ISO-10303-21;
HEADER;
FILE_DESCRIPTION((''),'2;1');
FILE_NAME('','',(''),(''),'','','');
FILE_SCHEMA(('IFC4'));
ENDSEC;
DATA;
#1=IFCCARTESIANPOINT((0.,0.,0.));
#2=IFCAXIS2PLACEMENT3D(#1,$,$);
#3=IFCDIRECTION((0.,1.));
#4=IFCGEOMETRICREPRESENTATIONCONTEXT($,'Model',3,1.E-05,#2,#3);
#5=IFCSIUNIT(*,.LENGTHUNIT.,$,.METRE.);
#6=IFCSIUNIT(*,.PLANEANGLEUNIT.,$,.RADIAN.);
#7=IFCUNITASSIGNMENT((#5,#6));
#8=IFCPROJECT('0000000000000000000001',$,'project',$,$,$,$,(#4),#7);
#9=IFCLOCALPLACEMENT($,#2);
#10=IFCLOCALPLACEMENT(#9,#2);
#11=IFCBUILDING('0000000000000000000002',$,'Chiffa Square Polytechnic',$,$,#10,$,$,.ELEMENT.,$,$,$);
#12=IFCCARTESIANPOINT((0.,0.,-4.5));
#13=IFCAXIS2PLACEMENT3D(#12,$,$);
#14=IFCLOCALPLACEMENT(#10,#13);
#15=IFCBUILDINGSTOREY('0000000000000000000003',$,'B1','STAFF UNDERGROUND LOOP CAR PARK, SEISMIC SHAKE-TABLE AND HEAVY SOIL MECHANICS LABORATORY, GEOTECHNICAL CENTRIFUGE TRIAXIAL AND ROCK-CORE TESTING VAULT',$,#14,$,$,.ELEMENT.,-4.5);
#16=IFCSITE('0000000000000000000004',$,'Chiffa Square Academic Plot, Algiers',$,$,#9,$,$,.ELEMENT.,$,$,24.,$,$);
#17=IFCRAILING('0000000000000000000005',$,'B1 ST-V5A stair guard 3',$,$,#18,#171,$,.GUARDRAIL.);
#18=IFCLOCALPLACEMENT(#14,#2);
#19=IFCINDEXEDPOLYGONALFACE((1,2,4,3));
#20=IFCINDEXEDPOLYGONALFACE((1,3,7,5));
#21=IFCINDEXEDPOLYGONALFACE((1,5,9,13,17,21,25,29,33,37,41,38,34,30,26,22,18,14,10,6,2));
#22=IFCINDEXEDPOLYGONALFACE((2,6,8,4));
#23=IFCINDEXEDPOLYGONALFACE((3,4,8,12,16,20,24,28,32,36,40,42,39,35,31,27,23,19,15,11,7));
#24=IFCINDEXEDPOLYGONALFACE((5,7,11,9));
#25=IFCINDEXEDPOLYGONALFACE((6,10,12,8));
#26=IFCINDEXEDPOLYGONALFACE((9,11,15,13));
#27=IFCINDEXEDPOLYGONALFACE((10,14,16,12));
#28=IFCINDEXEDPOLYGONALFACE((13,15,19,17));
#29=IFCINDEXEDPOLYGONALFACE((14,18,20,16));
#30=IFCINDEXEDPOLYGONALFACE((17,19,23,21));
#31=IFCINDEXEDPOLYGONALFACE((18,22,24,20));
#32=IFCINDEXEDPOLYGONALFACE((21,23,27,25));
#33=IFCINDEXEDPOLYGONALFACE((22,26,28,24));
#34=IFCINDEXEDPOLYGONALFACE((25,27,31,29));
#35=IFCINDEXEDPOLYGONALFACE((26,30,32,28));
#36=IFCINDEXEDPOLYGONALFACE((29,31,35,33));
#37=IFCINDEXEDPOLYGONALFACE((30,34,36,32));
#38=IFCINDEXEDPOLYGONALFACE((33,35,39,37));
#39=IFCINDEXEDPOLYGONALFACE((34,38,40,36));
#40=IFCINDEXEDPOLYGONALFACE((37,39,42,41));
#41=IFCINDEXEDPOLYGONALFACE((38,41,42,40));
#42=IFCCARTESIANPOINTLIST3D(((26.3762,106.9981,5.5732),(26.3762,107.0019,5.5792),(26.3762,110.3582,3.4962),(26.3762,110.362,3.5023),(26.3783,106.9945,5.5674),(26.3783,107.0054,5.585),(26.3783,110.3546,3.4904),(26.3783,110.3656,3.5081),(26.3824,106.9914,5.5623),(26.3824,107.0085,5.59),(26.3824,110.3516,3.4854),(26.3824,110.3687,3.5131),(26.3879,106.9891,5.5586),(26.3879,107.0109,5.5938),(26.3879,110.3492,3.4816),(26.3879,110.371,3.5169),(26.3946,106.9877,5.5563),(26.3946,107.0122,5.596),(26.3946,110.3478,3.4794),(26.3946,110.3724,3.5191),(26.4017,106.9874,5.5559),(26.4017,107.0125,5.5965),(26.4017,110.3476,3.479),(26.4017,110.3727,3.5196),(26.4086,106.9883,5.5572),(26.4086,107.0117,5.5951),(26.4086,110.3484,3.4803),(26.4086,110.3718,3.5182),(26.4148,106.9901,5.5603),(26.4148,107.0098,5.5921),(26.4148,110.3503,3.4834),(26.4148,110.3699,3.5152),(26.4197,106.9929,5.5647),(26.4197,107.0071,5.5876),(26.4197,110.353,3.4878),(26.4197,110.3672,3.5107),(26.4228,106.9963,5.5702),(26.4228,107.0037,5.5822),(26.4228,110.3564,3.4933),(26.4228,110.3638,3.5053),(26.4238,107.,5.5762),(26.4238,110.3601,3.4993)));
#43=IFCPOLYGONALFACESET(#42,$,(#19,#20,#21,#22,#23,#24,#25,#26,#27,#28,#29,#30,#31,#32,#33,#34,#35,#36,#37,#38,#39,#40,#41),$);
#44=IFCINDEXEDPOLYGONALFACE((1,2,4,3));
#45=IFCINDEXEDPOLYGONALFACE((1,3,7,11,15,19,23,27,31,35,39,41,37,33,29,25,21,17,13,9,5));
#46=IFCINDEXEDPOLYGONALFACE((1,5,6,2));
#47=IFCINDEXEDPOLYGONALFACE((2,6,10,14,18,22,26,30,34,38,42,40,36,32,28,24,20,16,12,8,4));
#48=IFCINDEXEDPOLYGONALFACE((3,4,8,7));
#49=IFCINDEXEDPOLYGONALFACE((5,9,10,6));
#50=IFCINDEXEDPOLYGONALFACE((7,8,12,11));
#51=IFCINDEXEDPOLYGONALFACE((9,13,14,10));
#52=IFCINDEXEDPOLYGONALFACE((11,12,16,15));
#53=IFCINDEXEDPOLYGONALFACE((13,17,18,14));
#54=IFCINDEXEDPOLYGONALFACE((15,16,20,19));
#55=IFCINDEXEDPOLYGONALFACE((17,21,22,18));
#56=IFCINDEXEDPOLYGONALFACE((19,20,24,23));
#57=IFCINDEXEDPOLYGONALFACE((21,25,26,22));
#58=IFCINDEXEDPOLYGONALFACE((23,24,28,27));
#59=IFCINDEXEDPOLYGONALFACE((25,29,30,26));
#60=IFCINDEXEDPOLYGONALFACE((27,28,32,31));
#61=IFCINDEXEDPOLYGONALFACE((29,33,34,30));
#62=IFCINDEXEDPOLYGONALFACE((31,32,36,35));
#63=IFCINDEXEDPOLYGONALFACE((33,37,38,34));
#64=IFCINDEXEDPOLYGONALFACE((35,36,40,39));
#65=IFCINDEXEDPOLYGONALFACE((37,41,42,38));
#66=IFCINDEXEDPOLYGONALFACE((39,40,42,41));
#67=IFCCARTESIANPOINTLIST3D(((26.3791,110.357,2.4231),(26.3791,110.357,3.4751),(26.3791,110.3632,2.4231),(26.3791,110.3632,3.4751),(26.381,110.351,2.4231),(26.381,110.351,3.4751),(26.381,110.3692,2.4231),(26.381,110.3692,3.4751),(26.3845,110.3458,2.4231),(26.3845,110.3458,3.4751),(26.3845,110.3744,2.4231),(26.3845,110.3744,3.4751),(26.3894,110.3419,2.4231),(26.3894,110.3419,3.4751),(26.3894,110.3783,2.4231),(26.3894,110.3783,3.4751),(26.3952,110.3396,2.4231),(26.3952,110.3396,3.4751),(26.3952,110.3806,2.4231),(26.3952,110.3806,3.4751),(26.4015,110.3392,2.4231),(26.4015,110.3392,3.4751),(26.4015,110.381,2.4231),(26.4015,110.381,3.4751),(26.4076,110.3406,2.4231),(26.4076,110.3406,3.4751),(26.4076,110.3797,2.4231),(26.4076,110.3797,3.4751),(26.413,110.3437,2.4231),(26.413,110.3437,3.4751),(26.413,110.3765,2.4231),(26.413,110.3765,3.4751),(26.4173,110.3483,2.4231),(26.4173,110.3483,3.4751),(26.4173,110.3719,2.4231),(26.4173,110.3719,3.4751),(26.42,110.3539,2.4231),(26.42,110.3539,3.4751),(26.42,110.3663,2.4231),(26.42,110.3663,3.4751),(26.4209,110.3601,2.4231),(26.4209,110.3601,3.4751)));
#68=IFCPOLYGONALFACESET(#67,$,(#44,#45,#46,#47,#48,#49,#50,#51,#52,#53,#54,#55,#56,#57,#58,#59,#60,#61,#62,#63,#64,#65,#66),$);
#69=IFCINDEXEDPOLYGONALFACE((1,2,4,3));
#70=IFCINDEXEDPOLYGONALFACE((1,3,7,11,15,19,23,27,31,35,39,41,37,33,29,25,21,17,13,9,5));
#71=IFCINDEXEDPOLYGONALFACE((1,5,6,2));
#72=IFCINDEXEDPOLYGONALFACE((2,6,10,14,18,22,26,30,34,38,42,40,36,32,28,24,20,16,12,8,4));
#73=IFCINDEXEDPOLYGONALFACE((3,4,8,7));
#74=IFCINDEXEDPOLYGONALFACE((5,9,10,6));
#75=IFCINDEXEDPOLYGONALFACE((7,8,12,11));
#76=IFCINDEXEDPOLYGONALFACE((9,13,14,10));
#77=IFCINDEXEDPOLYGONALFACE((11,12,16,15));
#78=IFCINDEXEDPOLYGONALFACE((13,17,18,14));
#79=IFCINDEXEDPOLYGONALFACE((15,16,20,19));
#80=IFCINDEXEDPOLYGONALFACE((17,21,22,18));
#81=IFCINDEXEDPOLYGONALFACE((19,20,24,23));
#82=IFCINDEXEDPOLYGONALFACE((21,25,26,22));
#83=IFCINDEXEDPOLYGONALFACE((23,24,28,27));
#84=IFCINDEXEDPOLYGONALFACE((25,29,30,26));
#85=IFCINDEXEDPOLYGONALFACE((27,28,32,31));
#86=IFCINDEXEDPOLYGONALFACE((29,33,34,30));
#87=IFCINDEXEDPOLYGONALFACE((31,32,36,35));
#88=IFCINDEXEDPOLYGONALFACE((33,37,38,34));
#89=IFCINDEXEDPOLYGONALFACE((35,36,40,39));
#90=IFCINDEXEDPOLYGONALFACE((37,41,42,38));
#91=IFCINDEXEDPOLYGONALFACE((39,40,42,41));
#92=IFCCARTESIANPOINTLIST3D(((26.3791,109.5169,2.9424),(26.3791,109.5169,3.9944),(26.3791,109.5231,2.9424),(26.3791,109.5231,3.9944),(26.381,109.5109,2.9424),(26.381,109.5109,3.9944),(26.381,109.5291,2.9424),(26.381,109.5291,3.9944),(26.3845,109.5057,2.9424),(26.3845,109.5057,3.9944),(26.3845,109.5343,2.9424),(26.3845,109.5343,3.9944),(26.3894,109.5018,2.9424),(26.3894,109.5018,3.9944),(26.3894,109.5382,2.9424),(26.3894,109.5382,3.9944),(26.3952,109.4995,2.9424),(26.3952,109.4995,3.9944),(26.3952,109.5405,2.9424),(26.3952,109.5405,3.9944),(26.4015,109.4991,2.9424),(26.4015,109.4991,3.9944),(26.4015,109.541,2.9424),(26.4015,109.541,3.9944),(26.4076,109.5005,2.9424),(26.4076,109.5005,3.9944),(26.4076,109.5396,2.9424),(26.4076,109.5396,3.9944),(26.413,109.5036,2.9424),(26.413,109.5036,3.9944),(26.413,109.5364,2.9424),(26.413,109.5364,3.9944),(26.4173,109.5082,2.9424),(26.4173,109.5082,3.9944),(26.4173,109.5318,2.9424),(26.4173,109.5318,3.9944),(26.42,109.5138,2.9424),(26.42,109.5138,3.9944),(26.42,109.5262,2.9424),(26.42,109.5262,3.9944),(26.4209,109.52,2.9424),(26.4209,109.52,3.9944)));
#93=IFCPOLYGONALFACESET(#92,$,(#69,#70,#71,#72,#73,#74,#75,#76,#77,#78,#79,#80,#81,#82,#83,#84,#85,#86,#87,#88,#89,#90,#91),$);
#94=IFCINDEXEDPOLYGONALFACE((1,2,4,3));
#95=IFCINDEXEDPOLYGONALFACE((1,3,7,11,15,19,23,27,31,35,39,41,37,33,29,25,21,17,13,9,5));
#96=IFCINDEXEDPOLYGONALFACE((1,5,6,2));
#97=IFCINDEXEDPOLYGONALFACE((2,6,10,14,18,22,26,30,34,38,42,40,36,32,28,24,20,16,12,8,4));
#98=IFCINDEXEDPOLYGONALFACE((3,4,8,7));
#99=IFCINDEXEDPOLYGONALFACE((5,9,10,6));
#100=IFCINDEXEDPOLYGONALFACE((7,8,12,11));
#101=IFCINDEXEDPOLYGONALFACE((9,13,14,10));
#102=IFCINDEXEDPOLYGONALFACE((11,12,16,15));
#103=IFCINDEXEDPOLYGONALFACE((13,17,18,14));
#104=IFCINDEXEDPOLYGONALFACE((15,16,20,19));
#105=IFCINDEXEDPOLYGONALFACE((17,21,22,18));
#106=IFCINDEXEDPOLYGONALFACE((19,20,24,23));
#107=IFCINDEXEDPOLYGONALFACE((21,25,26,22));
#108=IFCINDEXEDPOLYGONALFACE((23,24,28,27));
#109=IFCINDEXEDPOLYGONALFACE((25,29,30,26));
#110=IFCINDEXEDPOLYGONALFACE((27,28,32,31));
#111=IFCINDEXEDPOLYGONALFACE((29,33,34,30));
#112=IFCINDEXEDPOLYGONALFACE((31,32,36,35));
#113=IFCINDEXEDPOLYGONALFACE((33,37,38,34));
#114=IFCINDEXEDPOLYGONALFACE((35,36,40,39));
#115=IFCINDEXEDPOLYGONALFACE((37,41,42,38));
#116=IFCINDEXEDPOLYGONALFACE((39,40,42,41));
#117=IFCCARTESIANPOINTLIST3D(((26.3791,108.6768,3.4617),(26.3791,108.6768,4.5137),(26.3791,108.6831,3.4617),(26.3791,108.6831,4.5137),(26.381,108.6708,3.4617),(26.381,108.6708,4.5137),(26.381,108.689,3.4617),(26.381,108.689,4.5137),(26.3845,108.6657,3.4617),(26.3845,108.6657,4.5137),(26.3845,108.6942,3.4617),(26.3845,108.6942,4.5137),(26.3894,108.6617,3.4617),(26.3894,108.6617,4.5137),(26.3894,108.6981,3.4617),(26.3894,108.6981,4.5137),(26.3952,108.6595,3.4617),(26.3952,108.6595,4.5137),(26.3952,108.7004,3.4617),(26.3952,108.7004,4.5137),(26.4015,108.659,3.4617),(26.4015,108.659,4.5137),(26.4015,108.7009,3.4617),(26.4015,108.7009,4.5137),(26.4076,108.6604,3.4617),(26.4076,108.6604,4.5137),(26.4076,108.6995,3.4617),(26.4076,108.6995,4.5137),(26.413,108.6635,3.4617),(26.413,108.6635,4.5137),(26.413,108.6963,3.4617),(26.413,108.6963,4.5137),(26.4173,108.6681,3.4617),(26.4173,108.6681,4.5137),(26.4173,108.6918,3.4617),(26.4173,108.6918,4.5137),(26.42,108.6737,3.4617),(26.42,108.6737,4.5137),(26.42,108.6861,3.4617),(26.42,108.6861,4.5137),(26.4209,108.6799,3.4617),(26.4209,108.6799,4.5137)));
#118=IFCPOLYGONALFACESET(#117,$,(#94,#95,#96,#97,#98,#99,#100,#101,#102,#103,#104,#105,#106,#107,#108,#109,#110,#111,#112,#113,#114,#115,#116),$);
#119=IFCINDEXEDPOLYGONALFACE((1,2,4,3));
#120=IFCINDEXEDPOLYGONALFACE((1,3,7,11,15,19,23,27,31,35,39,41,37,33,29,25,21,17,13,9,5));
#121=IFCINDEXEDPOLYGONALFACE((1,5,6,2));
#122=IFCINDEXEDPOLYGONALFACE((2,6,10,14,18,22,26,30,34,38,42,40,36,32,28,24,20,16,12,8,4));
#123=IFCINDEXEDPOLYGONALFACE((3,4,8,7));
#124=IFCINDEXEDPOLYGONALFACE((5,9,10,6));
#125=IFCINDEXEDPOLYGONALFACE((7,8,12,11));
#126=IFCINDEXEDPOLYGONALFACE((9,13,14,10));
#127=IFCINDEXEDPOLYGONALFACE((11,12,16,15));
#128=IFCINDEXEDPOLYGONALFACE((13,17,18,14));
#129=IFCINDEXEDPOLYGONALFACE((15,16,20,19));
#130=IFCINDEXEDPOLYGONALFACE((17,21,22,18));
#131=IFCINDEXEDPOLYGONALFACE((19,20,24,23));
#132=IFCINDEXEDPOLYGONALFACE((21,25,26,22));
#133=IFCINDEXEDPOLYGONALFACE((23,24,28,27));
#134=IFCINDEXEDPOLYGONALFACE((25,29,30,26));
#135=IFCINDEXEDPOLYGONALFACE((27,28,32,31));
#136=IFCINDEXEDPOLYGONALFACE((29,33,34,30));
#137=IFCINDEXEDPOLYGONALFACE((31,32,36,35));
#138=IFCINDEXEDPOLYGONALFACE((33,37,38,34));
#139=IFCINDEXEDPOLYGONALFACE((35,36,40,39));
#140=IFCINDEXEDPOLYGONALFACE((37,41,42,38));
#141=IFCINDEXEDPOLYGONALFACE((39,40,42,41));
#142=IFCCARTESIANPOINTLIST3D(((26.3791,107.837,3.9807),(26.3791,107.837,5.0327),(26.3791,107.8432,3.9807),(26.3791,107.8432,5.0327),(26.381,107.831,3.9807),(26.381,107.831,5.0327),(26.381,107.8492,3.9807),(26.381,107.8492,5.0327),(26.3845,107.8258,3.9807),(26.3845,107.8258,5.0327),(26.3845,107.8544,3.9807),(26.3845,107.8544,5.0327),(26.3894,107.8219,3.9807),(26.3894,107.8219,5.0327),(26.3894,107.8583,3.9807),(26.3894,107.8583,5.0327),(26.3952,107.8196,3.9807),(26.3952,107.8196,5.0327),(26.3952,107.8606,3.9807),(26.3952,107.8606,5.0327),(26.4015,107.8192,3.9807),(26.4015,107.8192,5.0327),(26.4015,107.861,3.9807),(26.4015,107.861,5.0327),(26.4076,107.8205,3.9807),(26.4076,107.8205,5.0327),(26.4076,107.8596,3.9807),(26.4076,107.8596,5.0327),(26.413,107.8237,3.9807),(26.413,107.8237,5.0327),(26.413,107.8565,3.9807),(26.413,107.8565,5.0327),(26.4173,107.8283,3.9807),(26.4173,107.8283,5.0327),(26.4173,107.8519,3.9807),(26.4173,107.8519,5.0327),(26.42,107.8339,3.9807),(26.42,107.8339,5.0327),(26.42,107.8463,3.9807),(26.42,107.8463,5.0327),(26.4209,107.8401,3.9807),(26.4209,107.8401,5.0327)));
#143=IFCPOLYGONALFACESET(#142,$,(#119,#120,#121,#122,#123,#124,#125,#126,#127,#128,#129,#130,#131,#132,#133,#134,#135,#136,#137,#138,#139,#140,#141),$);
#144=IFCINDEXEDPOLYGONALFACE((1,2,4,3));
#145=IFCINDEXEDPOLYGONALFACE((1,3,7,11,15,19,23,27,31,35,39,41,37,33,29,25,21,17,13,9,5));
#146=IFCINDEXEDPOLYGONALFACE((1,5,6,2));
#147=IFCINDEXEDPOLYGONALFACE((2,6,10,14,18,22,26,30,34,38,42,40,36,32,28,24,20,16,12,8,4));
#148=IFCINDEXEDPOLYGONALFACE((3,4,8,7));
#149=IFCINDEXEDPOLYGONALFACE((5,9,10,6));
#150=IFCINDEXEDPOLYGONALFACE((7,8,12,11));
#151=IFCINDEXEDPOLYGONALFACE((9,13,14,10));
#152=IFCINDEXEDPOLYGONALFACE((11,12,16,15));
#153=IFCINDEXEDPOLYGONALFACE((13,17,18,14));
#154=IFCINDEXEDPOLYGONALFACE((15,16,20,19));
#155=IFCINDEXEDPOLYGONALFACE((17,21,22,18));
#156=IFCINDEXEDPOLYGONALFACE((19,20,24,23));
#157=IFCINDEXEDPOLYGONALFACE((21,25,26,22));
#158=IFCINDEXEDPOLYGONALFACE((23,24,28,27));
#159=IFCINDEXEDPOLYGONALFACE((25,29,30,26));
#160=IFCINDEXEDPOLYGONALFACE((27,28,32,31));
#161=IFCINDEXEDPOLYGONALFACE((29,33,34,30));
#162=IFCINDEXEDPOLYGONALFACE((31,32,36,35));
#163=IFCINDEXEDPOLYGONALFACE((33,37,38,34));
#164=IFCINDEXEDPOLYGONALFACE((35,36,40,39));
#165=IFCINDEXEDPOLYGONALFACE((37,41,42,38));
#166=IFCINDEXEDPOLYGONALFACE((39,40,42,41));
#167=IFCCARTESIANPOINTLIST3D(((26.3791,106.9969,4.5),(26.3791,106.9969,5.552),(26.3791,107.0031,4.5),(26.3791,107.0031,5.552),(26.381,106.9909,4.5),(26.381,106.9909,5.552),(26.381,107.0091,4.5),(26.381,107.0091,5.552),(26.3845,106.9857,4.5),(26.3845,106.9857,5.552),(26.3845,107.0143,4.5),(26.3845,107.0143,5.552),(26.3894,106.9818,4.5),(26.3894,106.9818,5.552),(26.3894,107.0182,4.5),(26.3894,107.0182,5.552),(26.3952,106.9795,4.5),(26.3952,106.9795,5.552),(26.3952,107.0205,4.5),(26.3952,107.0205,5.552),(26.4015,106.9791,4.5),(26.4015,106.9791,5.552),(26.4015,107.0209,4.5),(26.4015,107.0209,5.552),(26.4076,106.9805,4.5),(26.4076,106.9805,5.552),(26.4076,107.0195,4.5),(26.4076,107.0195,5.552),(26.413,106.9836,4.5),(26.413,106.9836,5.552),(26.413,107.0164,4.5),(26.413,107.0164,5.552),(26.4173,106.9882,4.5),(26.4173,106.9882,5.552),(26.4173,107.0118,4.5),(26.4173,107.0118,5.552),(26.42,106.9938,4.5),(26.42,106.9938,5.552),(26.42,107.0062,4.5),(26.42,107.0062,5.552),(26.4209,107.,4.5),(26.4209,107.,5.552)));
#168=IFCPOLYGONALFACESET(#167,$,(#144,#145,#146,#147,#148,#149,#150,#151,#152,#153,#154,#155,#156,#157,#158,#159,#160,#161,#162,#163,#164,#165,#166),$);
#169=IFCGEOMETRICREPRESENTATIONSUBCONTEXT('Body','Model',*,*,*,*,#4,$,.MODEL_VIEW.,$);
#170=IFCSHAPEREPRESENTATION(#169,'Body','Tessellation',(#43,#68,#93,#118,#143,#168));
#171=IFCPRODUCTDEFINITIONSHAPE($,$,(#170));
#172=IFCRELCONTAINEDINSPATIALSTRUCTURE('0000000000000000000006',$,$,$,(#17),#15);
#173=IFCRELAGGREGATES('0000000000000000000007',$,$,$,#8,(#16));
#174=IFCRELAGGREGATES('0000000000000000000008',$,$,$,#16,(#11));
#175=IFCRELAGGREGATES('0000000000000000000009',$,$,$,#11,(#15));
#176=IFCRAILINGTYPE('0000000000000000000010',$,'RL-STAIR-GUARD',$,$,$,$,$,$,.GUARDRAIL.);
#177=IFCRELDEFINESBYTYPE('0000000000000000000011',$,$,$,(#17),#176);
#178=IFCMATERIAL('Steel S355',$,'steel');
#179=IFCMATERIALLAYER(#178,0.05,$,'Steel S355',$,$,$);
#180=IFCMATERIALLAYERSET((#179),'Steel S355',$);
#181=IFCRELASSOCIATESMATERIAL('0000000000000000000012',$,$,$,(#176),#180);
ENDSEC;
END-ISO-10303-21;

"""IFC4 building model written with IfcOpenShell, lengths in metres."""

from ifc_helpers import new_model, si_unit, direction, frame, origin, origin_2d, place, context, subcontext, project, spatial, circle, extrude, material, layer, layer_set, type_object, element, save


model = new_model("IFC4")

# Units and contexts
model_context = context("Model", 3, precision=1e-05, world=origin(), true_north=direction((0.0, 1.0)))
body_context = subcontext(model_context, "Body", "Model", "MODEL_VIEW")
ifc_project = project(units=[si_unit("LENGTHUNIT", "METRE"), si_unit("PLANEANGLEUNIT", "RADIAN")], contexts=[model_context])

# Site, building, storey
site_placement = place(None, origin())
site = spatial("IfcSite", under=ifc_project, at=site_placement, Name="Chiffa Square Academic Plot, Algiers", CompositionType="ELEMENT", RefElevation=24.0)
building_placement = place(site_placement, origin())
building = spatial("IfcBuilding", under=site, at=building_placement, Name="Chiffa Square Polytechnic", CompositionType="ELEMENT")
storey_placement = place(building_placement, frame((0.0, 0.0, -4.5)))
storey = spatial("IfcBuildingStorey", under=building, at=storey_placement, Name="B1", Description="STAFF UNDERGROUND LOOP CAR PARK, SEISMIC SHAKE-TABLE AND HEAVY SOIL MECHANICS LABORATORY, GEOTECHNICAL CENTRIFUGE TRIAXIAL AND ROCK-CORE TESTING VAULT", CompositionType="ELEMENT", Elevation=-4.5)

# Railing
ifc_material_1 = material(Name="Steel S355", Category="steel")
ifc_layer_1 = layer(ifc_material_1, 0.05, Name="Steel S355")
ifc_layer_set_1 = layer_set([ifc_layer_1], Name="Steel S355")
railing_type_1 = type_object("IfcRailingType", Name="RL-STAIR-GUARD", PredefinedType="GUARDRAIL", material=ifc_layer_set_1)
railing_1_placement = place(storey_placement, frame((26.3999, 110.3601, 2.4231)))
element("IfcRailing", 1, at=railing_1_placement, inside=storey, type_object=railing_type_1, Name="B1 ST-V5A stair guard 3", PredefinedType="GUARDRAIL", context=body_context, shape_type="SweptSolid", body=[
    extrude(circle(Radius=0.0239, at=origin_2d()), frame((0.0, 0.0, 1.0762), z_axis=(0.0, -0.850623, 0.525776), x_axis=(1.0, 0.0, 0.0)), (0.0, 0.0, 1.0), 3.9502),
    extrude(circle(Radius=0.021, at=origin_2d()), origin(), (0.0, 0.0, 1.0), 1.052),
    extrude(circle(Radius=0.021, at=origin_2d()), frame((0.0, -0.8401, 0.5193)), (0.0, 0.0, 1.0), 1.052),
    extrude(circle(Radius=0.021, at=origin_2d()), frame((0.0, -1.6802, 1.0386)), (0.0, 0.0, 1.0), 1.052),
    extrude(circle(Radius=0.021, at=origin_2d()), frame((0.0, -2.52, 1.5576)), (0.0, 0.0, 1.0), 1.052),
    extrude(circle(Radius=0.021, at=origin_2d()), frame((0.0, -3.3601, 2.0769)), (0.0, 0.0, 1.0), 1.052),
])

save(model, "model.ifc")
